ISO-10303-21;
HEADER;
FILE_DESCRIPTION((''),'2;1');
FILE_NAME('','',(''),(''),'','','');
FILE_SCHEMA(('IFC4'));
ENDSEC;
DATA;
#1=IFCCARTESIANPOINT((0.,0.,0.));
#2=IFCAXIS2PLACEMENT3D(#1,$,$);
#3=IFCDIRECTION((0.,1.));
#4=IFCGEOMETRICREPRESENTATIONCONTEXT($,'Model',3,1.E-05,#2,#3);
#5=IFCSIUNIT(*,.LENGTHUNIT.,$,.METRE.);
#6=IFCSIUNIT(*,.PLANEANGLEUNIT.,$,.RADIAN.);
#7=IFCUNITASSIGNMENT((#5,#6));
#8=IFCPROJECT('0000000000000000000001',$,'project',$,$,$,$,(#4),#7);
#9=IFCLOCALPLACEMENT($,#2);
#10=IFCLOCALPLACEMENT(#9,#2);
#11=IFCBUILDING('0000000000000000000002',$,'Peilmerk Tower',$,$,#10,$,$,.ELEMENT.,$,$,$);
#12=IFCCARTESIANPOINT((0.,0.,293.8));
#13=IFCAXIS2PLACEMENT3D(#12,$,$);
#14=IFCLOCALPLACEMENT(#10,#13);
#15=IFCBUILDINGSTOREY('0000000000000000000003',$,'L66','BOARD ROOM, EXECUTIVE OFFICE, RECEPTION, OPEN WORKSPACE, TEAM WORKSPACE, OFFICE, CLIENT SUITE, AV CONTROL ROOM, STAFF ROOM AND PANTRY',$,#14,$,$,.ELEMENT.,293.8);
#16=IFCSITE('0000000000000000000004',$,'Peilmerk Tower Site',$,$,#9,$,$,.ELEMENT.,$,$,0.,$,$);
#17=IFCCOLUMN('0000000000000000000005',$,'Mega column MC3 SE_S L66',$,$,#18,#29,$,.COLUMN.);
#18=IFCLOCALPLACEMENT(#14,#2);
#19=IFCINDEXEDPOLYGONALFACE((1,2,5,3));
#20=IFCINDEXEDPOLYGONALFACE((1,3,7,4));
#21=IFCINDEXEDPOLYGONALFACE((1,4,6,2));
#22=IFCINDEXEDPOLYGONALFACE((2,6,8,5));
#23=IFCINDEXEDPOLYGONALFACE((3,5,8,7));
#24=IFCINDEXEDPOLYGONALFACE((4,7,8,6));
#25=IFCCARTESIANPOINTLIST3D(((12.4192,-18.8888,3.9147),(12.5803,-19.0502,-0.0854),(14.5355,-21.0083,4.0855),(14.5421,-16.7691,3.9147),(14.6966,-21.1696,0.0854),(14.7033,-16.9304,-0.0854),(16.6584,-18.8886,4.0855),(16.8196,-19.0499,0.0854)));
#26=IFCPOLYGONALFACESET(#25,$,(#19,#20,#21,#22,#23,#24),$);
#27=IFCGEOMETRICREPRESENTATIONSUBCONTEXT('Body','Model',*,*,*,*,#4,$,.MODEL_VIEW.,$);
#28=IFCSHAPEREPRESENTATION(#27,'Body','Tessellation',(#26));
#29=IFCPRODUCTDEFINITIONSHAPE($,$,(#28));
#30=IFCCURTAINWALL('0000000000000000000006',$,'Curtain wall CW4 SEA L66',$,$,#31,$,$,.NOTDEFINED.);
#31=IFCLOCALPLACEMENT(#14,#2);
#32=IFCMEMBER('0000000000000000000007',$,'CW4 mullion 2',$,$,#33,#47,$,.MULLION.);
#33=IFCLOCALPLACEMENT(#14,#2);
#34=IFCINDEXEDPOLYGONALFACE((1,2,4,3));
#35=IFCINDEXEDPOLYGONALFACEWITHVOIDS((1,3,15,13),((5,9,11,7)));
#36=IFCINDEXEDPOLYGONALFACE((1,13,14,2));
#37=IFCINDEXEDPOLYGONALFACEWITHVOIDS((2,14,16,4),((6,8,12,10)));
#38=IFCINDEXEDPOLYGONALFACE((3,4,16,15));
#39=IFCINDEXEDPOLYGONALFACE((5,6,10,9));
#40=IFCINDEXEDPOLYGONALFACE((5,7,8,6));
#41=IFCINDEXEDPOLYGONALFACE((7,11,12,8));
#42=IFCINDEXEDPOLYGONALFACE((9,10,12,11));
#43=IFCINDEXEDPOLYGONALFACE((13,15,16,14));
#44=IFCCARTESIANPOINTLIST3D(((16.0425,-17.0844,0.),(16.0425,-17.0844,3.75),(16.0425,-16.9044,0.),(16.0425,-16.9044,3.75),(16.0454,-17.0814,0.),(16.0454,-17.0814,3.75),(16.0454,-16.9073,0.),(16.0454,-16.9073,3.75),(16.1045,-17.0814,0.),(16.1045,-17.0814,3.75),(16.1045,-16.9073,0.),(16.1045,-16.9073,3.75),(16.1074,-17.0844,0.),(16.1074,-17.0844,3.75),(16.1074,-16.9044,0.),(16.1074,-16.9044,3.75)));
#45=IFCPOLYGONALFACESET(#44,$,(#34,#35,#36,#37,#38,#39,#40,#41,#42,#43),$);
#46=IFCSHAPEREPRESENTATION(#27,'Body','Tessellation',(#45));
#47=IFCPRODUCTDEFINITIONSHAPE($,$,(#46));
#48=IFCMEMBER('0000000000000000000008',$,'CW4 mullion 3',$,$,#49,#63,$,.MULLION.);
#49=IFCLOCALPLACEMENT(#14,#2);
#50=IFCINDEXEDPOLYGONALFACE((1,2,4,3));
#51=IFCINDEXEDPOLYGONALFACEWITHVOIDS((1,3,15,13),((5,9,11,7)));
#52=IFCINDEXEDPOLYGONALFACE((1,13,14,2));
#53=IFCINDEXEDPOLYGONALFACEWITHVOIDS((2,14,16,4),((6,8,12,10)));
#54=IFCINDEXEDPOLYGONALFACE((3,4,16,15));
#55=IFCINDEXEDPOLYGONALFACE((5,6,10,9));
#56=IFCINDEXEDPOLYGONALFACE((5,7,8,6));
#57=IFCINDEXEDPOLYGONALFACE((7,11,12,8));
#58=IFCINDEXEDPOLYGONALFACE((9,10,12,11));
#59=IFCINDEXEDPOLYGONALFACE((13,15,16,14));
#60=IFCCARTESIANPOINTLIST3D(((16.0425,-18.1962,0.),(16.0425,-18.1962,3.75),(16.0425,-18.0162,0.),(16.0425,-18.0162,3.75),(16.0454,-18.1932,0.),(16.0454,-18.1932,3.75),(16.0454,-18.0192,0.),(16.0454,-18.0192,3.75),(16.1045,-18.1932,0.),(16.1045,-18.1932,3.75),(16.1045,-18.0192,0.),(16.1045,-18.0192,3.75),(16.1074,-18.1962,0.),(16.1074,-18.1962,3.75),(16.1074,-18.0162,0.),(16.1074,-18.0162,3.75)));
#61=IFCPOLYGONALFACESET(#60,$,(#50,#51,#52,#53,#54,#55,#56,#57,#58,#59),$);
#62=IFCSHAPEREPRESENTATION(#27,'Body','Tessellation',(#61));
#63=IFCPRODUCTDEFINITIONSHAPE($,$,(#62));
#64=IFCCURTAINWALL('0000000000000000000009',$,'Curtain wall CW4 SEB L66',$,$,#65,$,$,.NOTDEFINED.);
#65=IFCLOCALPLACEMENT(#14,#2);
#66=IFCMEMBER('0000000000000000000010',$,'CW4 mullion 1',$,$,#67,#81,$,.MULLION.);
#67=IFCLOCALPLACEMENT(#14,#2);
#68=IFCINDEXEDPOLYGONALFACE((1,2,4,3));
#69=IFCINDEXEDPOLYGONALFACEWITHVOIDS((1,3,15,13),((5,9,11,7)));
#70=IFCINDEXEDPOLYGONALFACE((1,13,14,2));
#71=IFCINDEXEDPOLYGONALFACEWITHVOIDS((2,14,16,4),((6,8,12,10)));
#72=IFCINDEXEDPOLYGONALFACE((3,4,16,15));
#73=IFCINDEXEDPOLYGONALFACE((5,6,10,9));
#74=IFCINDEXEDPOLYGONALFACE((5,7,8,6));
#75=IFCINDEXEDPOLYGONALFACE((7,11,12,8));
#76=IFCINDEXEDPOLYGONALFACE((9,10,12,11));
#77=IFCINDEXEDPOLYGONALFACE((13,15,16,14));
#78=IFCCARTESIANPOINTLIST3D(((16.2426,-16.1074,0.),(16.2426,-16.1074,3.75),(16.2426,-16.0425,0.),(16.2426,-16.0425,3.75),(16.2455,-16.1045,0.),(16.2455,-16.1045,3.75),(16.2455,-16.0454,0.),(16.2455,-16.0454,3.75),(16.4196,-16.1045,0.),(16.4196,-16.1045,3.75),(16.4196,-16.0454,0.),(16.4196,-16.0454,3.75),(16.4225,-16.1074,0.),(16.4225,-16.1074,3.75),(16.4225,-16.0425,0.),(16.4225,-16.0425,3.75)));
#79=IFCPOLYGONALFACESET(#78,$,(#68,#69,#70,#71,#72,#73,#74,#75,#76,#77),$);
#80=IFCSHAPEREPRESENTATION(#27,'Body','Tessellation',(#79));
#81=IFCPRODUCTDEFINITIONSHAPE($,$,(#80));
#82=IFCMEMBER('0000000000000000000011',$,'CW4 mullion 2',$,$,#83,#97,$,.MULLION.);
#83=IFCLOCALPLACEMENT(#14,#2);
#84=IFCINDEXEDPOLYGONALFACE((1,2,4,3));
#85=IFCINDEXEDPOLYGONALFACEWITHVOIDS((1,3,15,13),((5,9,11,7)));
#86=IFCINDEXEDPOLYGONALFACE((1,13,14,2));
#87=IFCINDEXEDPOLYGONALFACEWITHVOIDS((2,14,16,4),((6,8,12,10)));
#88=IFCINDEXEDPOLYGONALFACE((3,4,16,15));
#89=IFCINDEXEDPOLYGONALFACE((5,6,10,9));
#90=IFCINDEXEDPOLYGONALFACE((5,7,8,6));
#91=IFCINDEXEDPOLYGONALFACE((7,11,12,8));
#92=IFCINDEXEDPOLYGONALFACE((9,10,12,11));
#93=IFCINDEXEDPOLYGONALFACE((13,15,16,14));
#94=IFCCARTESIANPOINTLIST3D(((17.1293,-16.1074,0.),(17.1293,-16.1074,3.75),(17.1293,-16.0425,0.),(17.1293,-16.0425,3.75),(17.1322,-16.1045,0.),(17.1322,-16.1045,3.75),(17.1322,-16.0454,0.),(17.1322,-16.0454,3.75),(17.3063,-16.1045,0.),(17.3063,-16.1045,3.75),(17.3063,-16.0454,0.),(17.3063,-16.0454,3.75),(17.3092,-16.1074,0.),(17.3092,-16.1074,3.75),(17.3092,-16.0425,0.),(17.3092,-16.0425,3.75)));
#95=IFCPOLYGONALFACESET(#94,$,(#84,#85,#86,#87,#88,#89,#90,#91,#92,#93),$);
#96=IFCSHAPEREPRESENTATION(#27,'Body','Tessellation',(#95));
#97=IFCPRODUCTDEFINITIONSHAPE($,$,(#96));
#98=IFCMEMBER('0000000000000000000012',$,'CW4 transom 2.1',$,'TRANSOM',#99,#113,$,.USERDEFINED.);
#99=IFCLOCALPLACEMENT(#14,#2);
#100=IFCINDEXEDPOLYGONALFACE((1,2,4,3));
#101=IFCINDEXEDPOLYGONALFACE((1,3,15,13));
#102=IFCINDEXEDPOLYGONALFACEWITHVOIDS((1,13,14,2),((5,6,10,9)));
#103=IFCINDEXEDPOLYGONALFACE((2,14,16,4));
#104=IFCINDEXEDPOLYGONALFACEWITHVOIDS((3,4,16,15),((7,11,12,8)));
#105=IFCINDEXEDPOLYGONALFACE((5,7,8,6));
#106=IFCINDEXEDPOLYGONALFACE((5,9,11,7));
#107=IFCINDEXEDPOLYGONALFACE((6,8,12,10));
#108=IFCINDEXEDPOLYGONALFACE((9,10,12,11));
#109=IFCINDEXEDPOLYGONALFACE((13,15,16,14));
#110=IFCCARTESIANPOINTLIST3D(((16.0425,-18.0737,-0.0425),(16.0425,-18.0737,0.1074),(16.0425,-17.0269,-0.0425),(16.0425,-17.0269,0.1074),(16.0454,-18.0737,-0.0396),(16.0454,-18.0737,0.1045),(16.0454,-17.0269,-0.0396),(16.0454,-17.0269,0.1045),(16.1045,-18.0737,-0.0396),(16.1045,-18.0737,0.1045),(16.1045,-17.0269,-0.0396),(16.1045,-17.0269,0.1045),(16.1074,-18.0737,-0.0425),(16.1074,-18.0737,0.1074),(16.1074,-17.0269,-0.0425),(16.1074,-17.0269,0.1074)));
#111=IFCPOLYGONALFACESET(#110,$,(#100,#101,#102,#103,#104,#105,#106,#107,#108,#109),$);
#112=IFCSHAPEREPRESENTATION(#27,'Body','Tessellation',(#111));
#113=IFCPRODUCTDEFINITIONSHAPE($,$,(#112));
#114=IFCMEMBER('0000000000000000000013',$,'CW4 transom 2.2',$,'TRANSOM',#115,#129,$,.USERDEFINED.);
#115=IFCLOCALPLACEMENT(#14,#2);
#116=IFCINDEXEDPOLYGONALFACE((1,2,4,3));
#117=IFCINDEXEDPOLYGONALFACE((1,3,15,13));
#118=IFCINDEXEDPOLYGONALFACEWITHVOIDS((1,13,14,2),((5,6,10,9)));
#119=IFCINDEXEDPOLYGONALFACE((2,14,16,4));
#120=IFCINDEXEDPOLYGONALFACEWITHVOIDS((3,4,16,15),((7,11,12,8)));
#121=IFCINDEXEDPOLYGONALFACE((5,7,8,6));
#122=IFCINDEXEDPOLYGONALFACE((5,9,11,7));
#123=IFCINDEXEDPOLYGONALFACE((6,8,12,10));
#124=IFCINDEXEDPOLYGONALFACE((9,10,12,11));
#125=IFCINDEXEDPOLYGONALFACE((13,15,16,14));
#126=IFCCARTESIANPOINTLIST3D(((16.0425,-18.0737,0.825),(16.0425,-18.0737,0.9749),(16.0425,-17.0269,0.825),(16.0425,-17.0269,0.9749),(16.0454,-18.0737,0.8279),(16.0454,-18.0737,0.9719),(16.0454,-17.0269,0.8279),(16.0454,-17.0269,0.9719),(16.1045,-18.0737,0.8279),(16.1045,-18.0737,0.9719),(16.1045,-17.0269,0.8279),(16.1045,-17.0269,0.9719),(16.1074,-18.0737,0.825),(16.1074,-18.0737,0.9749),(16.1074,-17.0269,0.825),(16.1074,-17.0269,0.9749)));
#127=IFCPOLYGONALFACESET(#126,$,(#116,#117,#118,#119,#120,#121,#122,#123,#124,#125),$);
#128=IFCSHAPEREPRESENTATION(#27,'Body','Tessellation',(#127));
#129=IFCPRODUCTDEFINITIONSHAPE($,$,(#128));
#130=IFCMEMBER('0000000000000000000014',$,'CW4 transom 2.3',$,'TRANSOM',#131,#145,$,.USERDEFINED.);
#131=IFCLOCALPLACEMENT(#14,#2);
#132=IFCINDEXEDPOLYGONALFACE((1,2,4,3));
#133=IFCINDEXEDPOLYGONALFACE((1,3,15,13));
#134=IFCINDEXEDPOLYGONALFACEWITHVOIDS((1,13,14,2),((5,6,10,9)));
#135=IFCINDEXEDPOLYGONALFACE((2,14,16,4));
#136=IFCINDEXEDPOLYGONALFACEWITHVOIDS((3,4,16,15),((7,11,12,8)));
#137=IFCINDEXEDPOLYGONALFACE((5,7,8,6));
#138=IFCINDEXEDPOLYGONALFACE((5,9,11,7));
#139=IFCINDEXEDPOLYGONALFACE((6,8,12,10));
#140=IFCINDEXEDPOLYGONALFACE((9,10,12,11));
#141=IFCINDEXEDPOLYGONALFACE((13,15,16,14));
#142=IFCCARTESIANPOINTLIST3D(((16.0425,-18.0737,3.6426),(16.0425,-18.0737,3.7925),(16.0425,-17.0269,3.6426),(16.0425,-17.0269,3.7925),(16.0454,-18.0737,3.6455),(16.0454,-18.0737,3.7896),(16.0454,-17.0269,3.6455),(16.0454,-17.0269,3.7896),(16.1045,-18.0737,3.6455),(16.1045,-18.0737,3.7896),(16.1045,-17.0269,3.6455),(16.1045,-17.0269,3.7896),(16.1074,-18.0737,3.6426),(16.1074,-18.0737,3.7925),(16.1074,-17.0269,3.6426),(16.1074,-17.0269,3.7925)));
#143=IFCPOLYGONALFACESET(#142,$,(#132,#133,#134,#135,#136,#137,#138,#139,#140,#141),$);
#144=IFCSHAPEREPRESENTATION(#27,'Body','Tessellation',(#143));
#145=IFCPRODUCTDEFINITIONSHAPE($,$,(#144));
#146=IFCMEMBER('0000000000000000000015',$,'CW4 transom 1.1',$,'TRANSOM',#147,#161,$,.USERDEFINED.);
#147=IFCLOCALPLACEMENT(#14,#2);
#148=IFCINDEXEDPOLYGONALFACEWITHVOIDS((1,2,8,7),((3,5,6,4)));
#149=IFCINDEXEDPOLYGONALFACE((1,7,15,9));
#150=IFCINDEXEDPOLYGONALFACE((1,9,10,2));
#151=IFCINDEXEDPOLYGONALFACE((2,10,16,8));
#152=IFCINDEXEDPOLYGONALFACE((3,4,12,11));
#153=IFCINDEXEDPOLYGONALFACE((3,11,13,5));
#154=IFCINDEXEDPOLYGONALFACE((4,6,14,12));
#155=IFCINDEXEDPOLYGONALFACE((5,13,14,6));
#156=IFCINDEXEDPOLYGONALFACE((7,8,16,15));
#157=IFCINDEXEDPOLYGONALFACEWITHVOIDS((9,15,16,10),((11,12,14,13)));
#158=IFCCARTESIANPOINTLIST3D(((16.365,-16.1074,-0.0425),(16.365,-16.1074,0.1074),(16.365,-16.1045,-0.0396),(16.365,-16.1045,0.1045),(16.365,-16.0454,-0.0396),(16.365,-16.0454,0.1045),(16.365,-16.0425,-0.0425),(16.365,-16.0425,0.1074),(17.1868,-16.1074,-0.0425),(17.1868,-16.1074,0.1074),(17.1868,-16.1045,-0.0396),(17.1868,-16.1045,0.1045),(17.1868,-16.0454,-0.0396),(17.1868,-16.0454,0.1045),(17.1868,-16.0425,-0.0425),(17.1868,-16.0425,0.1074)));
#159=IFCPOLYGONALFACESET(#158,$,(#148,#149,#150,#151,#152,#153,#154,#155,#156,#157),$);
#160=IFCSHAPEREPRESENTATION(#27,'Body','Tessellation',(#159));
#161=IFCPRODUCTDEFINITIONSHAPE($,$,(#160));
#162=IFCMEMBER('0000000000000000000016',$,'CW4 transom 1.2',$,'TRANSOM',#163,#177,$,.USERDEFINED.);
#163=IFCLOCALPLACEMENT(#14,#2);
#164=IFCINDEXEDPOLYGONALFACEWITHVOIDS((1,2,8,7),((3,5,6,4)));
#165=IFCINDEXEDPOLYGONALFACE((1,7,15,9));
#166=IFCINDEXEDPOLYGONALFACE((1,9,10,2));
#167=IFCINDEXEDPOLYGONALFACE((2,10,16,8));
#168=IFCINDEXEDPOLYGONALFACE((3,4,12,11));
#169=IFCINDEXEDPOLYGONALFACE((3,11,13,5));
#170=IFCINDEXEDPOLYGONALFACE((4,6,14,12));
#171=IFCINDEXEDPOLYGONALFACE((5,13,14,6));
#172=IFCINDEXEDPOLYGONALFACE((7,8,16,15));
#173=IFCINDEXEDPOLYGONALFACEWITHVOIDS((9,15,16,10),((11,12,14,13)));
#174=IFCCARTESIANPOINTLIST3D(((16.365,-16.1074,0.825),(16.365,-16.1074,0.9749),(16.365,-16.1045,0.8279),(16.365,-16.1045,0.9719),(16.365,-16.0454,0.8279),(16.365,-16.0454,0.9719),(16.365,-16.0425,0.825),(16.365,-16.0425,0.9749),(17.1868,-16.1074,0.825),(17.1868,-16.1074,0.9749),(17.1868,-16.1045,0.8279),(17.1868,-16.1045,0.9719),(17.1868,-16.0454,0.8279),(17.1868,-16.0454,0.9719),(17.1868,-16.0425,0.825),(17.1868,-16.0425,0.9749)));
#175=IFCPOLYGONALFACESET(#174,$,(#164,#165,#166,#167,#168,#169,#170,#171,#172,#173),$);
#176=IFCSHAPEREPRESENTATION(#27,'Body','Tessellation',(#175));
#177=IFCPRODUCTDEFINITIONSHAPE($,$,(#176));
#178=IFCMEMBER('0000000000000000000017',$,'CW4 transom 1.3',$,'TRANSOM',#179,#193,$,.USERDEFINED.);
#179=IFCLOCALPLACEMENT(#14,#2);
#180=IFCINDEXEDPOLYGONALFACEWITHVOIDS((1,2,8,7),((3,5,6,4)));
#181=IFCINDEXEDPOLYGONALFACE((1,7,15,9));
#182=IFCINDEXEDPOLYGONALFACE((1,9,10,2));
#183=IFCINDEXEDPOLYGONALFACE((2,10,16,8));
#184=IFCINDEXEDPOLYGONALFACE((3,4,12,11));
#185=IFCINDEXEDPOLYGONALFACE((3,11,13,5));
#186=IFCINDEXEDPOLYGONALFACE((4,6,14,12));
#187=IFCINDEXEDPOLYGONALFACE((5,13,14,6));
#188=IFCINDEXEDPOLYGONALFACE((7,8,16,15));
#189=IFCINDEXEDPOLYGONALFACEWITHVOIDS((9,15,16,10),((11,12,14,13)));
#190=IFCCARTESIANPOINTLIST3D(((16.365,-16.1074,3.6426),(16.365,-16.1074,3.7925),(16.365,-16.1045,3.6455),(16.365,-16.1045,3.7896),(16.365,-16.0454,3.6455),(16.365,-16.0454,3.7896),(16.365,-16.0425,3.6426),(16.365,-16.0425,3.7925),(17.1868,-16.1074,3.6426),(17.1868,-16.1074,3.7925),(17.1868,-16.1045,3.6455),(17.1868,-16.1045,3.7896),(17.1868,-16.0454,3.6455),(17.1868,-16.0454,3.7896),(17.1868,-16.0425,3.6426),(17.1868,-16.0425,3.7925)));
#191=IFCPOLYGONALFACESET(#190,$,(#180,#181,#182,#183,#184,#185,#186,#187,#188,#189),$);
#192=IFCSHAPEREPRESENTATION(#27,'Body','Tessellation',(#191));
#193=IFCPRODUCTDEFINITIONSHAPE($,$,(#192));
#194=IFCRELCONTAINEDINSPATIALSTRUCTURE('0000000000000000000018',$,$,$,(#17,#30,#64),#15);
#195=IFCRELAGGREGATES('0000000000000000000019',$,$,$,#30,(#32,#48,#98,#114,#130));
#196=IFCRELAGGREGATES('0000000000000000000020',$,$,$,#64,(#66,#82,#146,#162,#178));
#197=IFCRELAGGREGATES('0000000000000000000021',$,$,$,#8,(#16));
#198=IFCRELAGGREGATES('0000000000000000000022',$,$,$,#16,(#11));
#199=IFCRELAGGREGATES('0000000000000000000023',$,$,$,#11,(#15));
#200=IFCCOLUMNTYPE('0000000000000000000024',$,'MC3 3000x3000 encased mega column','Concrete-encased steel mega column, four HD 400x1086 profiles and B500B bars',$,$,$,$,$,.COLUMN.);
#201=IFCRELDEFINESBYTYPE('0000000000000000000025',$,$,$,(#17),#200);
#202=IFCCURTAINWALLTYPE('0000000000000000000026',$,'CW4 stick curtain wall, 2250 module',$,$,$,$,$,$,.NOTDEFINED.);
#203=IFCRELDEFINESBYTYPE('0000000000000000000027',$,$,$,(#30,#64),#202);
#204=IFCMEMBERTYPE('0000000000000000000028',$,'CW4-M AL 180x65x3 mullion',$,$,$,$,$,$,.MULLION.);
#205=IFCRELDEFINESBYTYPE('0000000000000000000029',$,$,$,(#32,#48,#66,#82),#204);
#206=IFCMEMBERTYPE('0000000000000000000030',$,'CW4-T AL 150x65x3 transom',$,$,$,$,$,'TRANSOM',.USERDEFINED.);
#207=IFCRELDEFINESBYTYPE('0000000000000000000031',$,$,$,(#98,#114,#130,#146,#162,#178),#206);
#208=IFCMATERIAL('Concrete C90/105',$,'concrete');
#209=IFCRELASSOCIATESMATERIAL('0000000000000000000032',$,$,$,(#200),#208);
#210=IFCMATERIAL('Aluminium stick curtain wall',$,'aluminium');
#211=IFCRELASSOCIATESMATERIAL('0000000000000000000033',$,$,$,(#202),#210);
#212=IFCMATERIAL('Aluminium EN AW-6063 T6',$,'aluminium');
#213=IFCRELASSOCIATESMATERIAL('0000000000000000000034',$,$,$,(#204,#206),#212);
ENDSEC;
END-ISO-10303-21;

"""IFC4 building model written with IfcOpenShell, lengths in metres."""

from ifc_helpers import new_model, si_unit, direction, frame, origin, origin_2d, place, context, subcontext, project, spatial, rectangle, hollow_rectangle, extrude, material, material_profile, profile_set, type_object, element, aggregate, save


model = new_model("IFC4")

# Units and contexts
model_context = context("Model", 3, precision=1e-05, world=origin(), true_north=direction((0.0, 1.0)))
body_context = subcontext(model_context, "Body", "Model", "MODEL_VIEW")
ifc_project = project(units=[si_unit("LENGTHUNIT", "METRE"), si_unit("PLANEANGLEUNIT", "RADIAN")], contexts=[model_context])

# Site, building, storey
site_placement = place(None, origin())
site = spatial("IfcSite", under=ifc_project, at=site_placement, Name="Peilmerk Tower Site", CompositionType="ELEMENT", RefElevation=0.0)
building_placement = place(site_placement, origin())
building = spatial("IfcBuilding", under=site, at=building_placement, Name="Peilmerk Tower", CompositionType="ELEMENT")
storey_placement = place(building_placement, frame((0.0, 0.0, 293.8)))
storey = spatial("IfcBuildingStorey", under=building, at=storey_placement, Name="L66", Description="BOARD ROOM, EXECUTIVE OFFICE, RECEPTION, OPEN WORKSPACE, TEAM WORKSPACE, OFFICE, CLIENT SUITE, AV CONTROL ROOM, STAFF ROOM AND PANTRY", CompositionType="ELEMENT", Elevation=293.8)

# Column
ifc_material_1 = material(Name="Concrete C90/105", Category="concrete")
ifc_material_profile_1 = material_profile(ifc_material_1, rectangle(XDim=3.0, YDim=3.0, at=origin_2d()), Name="RC 3000x3000")
ifc_profile_set_1 = profile_set([ifc_material_profile_1], Name="Concrete C90/105")
column_type = type_object("IfcColumnType", Name="MC3 3000x3000 encased mega column", Description="Concrete-encased steel mega column, four HD 400x1086 profiles and B500B bars", PredefinedType="COLUMN", material=ifc_profile_set_1)
column_placement = place(storey_placement, frame((14.7, -19.05, 0.0), z_axis=(-0.040218, 0.040279, 0.998379), x_axis=(-0.707642, -0.706571, 0.0)))
element("IfcColumn", 1, at=column_placement, inside=storey, type_object=column_type, Name="Mega column MC3 SE_S L66", PredefinedType="COLUMN", context=body_context, shape_type="SweptSolid", body=[
    extrude(rectangle(XDim=3.0, YDim=3.0, at=origin_2d()), origin(), (0.0, 0.0, 1.0), 4.0066),
])

# Curtain walls, members
ifc_material_2 = material(Name="Aluminium stick curtain wall", Category="aluminium")
curtain_wall_type = type_object("IfcCurtainWallType", Name="CW4 stick curtain wall, 2250 module", PredefinedType="NOTDEFINED", material=ifc_material_2)
curtain_wall_1_placement = place(storey_placement, origin())
curtain_wall_1 = element("IfcCurtainWall", 2, at=curtain_wall_1_placement, inside=storey, type_object=curtain_wall_type, Name="Curtain wall CW4 SEA L66", PredefinedType="NOTDEFINED")
ifc_material_3 = material(Name="Aluminium EN AW-6063 T6", Category="aluminium")
ifc_material_profile_2 = material_profile(ifc_material_3, hollow_rectangle(XDim=0.0649, YDim=0.1799, WallThickness=0.0029, at=origin_2d()), Name="AL 180x65x3")
ifc_profile_set_2 = profile_set([ifc_material_profile_2], Name="Aluminium EN AW-6063 T6")
member_type_1 = type_object("IfcMemberType", Name="CW4-M AL 180x65x3 mullion", PredefinedType="MULLION", material=ifc_profile_set_2)
member_1_placement = place(storey_placement, frame((16.075, -16.9944, 0.0), z_axis=(0.0, 0.0, 1.0), x_axis=(1.0, 0.0, 0.0)))
member_1 = element("IfcMember", 3, at=member_1_placement, type_object=member_type_1, Name="CW4 mullion 2", PredefinedType="MULLION", context=body_context, shape_type="SweptSolid", body=[
    extrude(hollow_rectangle(XDim=0.0649, YDim=0.1799, WallThickness=0.0029, at=origin_2d()), origin(), (0.0, 0.0, 1.0), 3.75),
])
member_2_placement = place(storey_placement, frame((16.075, -18.1062, 0.0), z_axis=(0.0, 0.0, 1.0), x_axis=(1.0, 0.0, 0.0)))
member_2 = element("IfcMember", 4, at=member_2_placement, type_object=member_type_1, Name="CW4 mullion 3", PredefinedType="MULLION", context=body_context, shape_type="SweptSolid", body=[
    extrude(hollow_rectangle(XDim=0.0649, YDim=0.1799, WallThickness=0.0029, at=origin_2d()), origin(), (0.0, 0.0, 1.0), 3.75),
])
curtain_wall_2_placement = place(storey_placement, origin())
curtain_wall_2 = element("IfcCurtainWall", 5, at=curtain_wall_2_placement, inside=storey, type_object=curtain_wall_type, Name="Curtain wall CW4 SEB L66", PredefinedType="NOTDEFINED")
member_3_placement = place(storey_placement, frame((16.3325, -16.075, 0.0), z_axis=(0.0, 0.0, 1.0), x_axis=(0.0, 1.0, 0.0)))
member_3 = element("IfcMember", 6, at=member_3_placement, type_object=member_type_1, Name="CW4 mullion 1", PredefinedType="MULLION", context=body_context, shape_type="SweptSolid", body=[
    extrude(hollow_rectangle(XDim=0.0649, YDim=0.1799, WallThickness=0.0029, at=origin_2d()), origin(), (0.0, 0.0, 1.0), 3.75),
])
member_4_placement = place(storey_placement, frame((17.2192, -16.075, 0.0), z_axis=(0.0, 0.0, 1.0), x_axis=(0.0, 1.0, 0.0)))
member_4 = element("IfcMember", 7, at=member_4_placement, type_object=member_type_1, Name="CW4 mullion 2", PredefinedType="MULLION", context=body_context, shape_type="SweptSolid", body=[
    extrude(hollow_rectangle(XDim=0.0649, YDim=0.1799, WallThickness=0.0029, at=origin_2d()), origin(), (0.0, 0.0, 1.0), 3.75),
])

# Members
ifc_material_profile_3 = material_profile(ifc_material_3, hollow_rectangle(XDim=0.0649, YDim=0.1499, WallThickness=0.0029, at=origin_2d()), Name="AL 150x65x3")
ifc_profile_set_3 = profile_set([ifc_material_profile_3], Name="Aluminium EN AW-6063 T6")
member_type_2 = type_object("IfcMemberType", Name="CW4-T AL 150x65x3 transom", ElementType="TRANSOM", PredefinedType="USERDEFINED", material=ifc_profile_set_3)
member_5_placement = place(storey_placement, frame((16.075, -17.0269, 0.0325), z_axis=(0.0, -1.0, 0.0), x_axis=(1.0, 0.0, 0.0)))
member_5 = element("IfcMember", 8, at=member_5_placement, type_object=member_type_2, Name="CW4 transom 2.1", ObjectType="TRANSOM", PredefinedType="USERDEFINED", context=body_context, shape_type="SweptSolid", body=[
    extrude(hollow_rectangle(XDim=0.0649, YDim=0.1499, WallThickness=0.0029, at=origin_2d()), origin(), (0.0, 0.0, 1.0), 1.0469),
])
member_6_placement = place(storey_placement, frame((16.075, -17.0269, 0.8999), z_axis=(0.0, -1.0, 0.0), x_axis=(1.0, 0.0, 0.0)))
member_6 = element("IfcMember", 9, at=member_6_placement, type_object=member_type_2, Name="CW4 transom 2.2", ObjectType="TRANSOM", PredefinedType="USERDEFINED", context=body_context, shape_type="SweptSolid", body=[
    extrude(hollow_rectangle(XDim=0.0649, YDim=0.1499, WallThickness=0.0029, at=origin_2d()), origin(), (0.0, 0.0, 1.0), 1.0469),
])
member_7_placement = place(storey_placement, frame((16.075, -17.0269, 3.7175), z_axis=(0.0, -1.0, 0.0), x_axis=(1.0, 0.0, 0.0)))
member_7 = element("IfcMember", 10, at=member_7_placement, type_object=member_type_2, Name="CW4 transom 2.3", ObjectType="TRANSOM", PredefinedType="USERDEFINED", context=body_context, shape_type="SweptSolid", body=[
    extrude(hollow_rectangle(XDim=0.0649, YDim=0.1499, WallThickness=0.0029, at=origin_2d()), origin(), (0.0, 0.0, 1.0), 1.0469),
])
member_8_placement = place(storey_placement, frame((16.365, -16.075, 0.0325), z_axis=(1.0, 0.0, 0.0), x_axis=(0.0, 1.0, 0.0)))
member_8 = element("IfcMember", 11, at=member_8_placement, type_object=member_type_2, Name="CW4 transom 1.1", ObjectType="TRANSOM", PredefinedType="USERDEFINED", context=body_context, shape_type="SweptSolid", body=[
    extrude(hollow_rectangle(XDim=0.0649, YDim=0.1499, WallThickness=0.0029, at=origin_2d()), origin(), (0.0, 0.0, 1.0), 0.8218),
])
member_9_placement = place(storey_placement, frame((16.365, -16.075, 0.8999), z_axis=(1.0, 0.0, 0.0), x_axis=(0.0, 1.0, 0.0)))
member_9 = element("IfcMember", 12, at=member_9_placement, type_object=member_type_2, Name="CW4 transom 1.2", ObjectType="TRANSOM", PredefinedType="USERDEFINED", context=body_context, shape_type="SweptSolid", body=[
    extrude(hollow_rectangle(XDim=0.0649, YDim=0.1499, WallThickness=0.0029, at=origin_2d()), origin(), (0.0, 0.0, 1.0), 0.8218),
])
member_10_placement = place(storey_placement, frame((16.365, -16.075, 3.7175), z_axis=(1.0, 0.0, 0.0), x_axis=(0.0, 1.0, 0.0)))
member_10 = element("IfcMember", 13, at=member_10_placement, type_object=member_type_2, Name="CW4 transom 1.3", ObjectType="TRANSOM", PredefinedType="USERDEFINED", context=body_context, shape_type="SweptSolid", body=[
    extrude(hollow_rectangle(XDim=0.0649, YDim=0.1499, WallThickness=0.0029, at=origin_2d()), origin(), (0.0, 0.0, 1.0), 0.8218),
])

aggregate(curtain_wall_1, [member_1, member_2, member_5, member_6, member_7])
aggregate(curtain_wall_2, [member_3, member_4, member_8, member_9, member_10])

save(model, "model.ifc")
